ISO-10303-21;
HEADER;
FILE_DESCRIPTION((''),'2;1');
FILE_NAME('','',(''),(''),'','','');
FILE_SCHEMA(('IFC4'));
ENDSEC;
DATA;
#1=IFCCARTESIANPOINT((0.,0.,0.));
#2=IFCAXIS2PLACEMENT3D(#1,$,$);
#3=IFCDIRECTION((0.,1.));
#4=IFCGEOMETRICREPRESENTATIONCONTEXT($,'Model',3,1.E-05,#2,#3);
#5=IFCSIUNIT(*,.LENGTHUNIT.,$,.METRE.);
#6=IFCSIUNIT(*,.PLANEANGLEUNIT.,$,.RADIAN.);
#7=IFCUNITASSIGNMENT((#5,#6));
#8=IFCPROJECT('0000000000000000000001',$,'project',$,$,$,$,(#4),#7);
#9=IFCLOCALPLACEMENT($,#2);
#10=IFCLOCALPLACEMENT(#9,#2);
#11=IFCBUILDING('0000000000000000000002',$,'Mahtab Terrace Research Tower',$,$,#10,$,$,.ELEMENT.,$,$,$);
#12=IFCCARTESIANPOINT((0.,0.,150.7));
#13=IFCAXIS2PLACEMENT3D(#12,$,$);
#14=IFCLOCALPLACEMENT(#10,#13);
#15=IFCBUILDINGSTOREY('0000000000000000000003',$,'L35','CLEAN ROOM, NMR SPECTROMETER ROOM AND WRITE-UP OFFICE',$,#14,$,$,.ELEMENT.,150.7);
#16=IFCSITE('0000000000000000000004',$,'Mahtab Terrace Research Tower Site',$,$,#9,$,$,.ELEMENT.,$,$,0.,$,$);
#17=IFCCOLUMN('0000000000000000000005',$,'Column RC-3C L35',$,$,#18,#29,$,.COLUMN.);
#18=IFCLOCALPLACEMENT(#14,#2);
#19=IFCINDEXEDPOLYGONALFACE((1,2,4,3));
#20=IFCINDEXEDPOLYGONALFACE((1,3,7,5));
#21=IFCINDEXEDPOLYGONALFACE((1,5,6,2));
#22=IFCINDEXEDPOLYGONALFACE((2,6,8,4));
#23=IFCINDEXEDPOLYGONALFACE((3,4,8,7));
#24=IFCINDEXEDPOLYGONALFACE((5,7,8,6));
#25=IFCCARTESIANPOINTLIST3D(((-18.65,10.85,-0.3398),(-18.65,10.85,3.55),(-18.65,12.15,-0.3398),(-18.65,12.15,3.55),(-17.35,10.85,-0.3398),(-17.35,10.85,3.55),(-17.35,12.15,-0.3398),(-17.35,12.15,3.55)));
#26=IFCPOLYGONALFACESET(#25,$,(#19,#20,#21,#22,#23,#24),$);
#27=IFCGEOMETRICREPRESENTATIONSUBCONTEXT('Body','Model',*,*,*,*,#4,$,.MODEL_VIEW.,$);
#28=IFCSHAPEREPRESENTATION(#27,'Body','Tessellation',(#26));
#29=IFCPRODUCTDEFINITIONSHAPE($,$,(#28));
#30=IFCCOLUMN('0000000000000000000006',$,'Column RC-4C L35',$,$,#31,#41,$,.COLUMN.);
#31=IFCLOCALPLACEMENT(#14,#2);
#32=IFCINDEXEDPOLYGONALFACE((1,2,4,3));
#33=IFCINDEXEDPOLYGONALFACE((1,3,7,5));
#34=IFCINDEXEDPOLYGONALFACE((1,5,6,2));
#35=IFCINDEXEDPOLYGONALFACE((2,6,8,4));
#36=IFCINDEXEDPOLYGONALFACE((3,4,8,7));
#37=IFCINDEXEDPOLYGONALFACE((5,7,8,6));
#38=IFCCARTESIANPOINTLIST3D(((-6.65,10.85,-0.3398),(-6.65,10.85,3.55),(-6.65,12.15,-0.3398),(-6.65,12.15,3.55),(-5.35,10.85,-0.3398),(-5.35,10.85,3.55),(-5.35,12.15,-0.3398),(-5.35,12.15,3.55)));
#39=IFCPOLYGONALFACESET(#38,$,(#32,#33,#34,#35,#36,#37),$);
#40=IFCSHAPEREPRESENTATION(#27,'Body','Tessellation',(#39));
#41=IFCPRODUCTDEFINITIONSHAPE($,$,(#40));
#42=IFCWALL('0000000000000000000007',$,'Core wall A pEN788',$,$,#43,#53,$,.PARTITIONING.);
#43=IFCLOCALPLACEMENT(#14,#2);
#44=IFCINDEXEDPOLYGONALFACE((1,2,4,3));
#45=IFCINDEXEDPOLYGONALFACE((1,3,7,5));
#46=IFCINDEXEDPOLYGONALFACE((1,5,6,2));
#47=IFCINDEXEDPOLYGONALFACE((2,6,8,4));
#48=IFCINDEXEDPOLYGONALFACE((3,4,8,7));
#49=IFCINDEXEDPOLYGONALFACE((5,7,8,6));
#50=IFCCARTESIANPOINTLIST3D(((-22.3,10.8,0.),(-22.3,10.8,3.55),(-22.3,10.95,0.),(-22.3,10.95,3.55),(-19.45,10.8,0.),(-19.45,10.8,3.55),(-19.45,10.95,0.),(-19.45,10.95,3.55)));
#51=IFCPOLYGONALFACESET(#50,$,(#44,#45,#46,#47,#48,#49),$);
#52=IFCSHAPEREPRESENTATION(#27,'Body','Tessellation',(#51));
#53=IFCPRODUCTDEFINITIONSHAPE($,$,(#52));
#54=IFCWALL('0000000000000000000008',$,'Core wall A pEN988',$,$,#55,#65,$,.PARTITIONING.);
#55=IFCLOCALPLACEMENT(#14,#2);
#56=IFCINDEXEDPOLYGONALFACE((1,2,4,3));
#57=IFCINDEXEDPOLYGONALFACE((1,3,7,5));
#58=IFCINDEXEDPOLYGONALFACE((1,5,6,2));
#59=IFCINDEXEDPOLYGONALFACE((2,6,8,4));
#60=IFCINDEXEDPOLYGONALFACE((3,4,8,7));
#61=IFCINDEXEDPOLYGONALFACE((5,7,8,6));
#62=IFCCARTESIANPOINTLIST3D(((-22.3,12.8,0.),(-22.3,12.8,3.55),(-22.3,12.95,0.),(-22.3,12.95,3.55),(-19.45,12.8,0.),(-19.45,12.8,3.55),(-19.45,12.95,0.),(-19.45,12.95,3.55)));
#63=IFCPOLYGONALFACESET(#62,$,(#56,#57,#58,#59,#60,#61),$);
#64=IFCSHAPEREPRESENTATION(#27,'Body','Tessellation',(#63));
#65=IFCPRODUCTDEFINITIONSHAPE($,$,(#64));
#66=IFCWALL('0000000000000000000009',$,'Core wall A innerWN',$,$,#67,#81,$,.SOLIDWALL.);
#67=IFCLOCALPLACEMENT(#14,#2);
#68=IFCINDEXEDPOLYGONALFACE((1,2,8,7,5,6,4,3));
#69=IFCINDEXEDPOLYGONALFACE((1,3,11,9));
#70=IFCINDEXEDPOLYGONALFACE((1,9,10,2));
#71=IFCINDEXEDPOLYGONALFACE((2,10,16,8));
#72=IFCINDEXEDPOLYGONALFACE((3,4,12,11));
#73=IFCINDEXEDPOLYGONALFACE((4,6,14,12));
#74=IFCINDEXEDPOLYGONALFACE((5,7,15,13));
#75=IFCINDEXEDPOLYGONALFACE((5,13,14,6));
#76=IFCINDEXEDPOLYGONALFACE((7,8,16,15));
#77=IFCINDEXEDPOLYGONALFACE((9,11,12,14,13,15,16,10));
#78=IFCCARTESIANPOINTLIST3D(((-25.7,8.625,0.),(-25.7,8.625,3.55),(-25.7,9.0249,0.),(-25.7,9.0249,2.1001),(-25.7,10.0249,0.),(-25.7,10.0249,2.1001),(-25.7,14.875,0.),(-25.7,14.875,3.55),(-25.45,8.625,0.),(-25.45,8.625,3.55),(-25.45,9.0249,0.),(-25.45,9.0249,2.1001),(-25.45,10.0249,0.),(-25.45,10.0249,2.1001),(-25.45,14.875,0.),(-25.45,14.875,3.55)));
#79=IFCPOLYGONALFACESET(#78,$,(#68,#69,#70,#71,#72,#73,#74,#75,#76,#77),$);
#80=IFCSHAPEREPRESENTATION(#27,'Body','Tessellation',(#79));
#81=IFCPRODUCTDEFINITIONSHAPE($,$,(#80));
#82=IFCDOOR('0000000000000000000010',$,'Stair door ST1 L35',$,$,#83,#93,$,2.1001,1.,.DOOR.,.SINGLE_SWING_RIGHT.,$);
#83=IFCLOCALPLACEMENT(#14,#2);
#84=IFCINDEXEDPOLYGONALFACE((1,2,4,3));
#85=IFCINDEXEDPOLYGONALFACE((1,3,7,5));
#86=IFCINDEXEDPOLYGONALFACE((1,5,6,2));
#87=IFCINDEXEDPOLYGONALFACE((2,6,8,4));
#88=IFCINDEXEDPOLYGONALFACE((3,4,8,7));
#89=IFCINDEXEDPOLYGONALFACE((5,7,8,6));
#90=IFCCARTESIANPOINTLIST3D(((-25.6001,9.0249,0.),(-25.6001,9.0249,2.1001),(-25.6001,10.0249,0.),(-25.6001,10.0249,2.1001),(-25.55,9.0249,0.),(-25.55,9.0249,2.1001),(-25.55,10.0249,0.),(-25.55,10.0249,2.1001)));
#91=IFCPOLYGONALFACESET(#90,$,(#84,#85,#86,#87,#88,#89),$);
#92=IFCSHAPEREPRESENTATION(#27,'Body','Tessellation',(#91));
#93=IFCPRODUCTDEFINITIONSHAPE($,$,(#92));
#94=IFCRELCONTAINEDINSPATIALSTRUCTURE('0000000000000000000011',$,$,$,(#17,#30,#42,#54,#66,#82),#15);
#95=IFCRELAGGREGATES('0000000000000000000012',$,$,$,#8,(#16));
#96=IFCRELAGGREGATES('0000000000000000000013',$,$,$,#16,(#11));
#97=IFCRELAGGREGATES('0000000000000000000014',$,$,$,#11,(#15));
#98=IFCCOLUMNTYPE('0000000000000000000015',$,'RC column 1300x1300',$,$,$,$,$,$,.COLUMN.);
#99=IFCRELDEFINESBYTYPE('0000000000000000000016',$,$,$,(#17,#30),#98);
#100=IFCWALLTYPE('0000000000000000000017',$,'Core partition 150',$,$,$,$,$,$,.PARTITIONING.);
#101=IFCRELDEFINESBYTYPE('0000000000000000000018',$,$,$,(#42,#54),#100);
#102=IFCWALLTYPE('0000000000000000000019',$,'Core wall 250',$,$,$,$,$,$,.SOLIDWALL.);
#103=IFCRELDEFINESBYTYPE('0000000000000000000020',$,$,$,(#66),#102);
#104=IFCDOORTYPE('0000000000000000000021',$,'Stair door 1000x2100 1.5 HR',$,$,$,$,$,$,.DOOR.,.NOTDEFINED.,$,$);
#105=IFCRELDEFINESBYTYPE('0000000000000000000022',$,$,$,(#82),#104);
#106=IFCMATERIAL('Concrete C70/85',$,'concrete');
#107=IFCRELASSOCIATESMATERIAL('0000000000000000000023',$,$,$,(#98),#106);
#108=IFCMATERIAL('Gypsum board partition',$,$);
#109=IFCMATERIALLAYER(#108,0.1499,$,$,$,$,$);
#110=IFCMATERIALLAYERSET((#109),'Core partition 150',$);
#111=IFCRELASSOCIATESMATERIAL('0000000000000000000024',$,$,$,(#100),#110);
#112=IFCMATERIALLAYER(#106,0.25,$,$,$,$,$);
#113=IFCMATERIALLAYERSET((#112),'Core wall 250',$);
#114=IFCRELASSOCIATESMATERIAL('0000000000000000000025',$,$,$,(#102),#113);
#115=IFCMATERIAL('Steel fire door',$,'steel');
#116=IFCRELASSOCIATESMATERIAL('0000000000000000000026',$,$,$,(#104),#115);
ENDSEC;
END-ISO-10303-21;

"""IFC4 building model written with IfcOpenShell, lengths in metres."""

from ifc_helpers import new_model, si_unit, direction, frame, frame_2d, origin, origin_2d, place, context, subcontext, project, spatial, rectangle, extrude, material, layer, layer_set, material_profile, profile_set, type_object, element, fill, save


model = new_model("IFC4")

# Units and contexts
model_context = context("Model", 3, precision=1e-05, world=origin(), true_north=direction((0.0, 1.0)))
body_context = subcontext(model_context, "Body", "Model", "MODEL_VIEW")
ifc_project = project(units=[si_unit("LENGTHUNIT", "METRE"), si_unit("PLANEANGLEUNIT", "RADIAN")], contexts=[model_context])

# Site, building, storey
site_placement = place(None, origin())
site = spatial("IfcSite", under=ifc_project, at=site_placement, Name="Mahtab Terrace Research Tower Site", CompositionType="ELEMENT", RefElevation=0.0)
building_placement = place(site_placement, origin())
building = spatial("IfcBuilding", under=site, at=building_placement, Name="Mahtab Terrace Research Tower", CompositionType="ELEMENT")
storey_placement = place(building_placement, frame((0.0, 0.0, 150.7)))
storey = spatial("IfcBuildingStorey", under=building, at=storey_placement, Name="L35", Description="CLEAN ROOM, NMR SPECTROMETER ROOM AND WRITE-UP OFFICE", CompositionType="ELEMENT", Elevation=150.7)

# Columns
ifc_material_1 = material(Name="Concrete C70/85", Category="concrete")
ifc_material_profile = material_profile(ifc_material_1, rectangle(XDim=1.3, YDim=1.3, at=origin_2d()), Name="RC column 1300x1300")
ifc_profile_set = profile_set([ifc_material_profile], Name="Concrete C70/85")
column_type = type_object("IfcColumnType", Name="RC column 1300x1300", PredefinedType="COLUMN", material=ifc_profile_set)
for number, where, z_axis, x_axis, name in (
    (1, (-18.0, 11.5, -0.3398), (0.0, 0.0, 1.0), (1.0, 0.0, 0.0), "Column RC-3C L35"),
    (2, (-6.0, 11.5, -0.3398), (0.0, 0.0, 1.0), (1.0, 0.0, 0.0), "Column RC-4C L35"),
):
    element("IfcColumn", number, at=place(storey_placement, frame(where, z_axis=z_axis, x_axis=x_axis)), inside=storey, type_object=column_type, Name=name, PredefinedType="COLUMN", context=body_context, shape_type="SweptSolid", body=[
        extrude(rectangle(XDim=1.3, YDim=1.3, at=origin_2d()), origin(), (0.0, 0.0, 1.0), 3.8899),
    ])

# Walls
ifc_material_2 = material(Name="Gypsum board partition")
ifc_layer_1 = layer(ifc_material_2, 0.1499)
ifc_layer_set_1 = layer_set([ifc_layer_1], Name="Core partition 150")
wall_type_1 = type_object("IfcWallType", Name="Core partition 150", PredefinedType="PARTITIONING", material=ifc_layer_set_1)
for number, where, z_axis, x_axis, name in (
    (3, (-22.3, 10.875, 0.0), (0.0, 0.0, 1.0), (1.0, 0.0, 0.0), "Core wall A pEN788"),
    (4, (-22.3, 12.875, 0.0), (0.0, 0.0, 1.0), (1.0, 0.0, 0.0), "Core wall A pEN988"),
):
    element("IfcWall", number, at=place(storey_placement, frame(where, z_axis=z_axis, x_axis=x_axis)), inside=storey, type_object=wall_type_1, Name=name, PredefinedType="PARTITIONING", context=body_context, shape_type="SweptSolid", body=[
        extrude(rectangle(XDim=2.8501, YDim=0.1499, at=frame_2d((1.425, 0.0))), origin(), (0.0, 0.0, 1.0), 3.55),
    ])

# Wall, opening, door
ifc_layer_2 = layer(ifc_material_1, 0.25)
ifc_layer_set_2 = layer_set([ifc_layer_2], Name="Core wall 250")
wall_type_2 = type_object("IfcWallType", Name="Core wall 250", PredefinedType="SOLIDWALL", material=ifc_layer_set_2)
wall_1_placement = place(storey_placement, frame((-25.575, 14.875, 0.0), z_axis=(0.0, 0.0, 1.0), x_axis=(0.0, -1.0, 0.0)))
wall_1 = element("IfcWall", 5, at=wall_1_placement, inside=storey, type_object=wall_type_2, Name="Core wall A innerWN", PredefinedType="SOLIDWALL", context=body_context, shape_type="SweptSolid", body=[
    extrude(rectangle(XDim=6.25, YDim=0.25, at=frame_2d((3.125, 0.0))), origin(), (0.0, 0.0, 1.0), 3.55),
])
opening_1_placement = place(wall_1_placement, frame((4.8501, 0.0, 0.0)))
opening_1 = element("IfcOpeningElement", 6, at=opening_1_placement, cuts=wall_1, PredefinedType="OPENING", context=body_context, shape_type="SweptSolid", body=[
    extrude(rectangle(XDim=1.0, YDim=2.1001, at=frame_2d((0.5, 1.05))), frame((0.0, 0.135, 0.0), z_axis=(0.0, -1.0, 0.0), x_axis=(1.0, 0.0, 0.0)), (0.0, 0.0, 1.0), 0.27),
])
ifc_material_3 = material(Name="Steel fire door", Category="steel")
door_type_1 = type_object("IfcDoorType", Name="Stair door 1000x2100 1.5 HR", OperationType="NOTDEFINED", PredefinedType="DOOR", material=ifc_material_3)
door_1_placement = place(opening_1_placement, origin())
door_1 = element("IfcDoor", 7, at=door_1_placement, inside=storey, type_object=door_type_1, Name="Stair door ST1 L35", OperationType="SINGLE_SWING_RIGHT", OverallHeight=2.1001, OverallWidth=1.0, PredefinedType="DOOR", context=body_context, shape_type="SweptSolid", body=[
    extrude(rectangle(XDim=1.0, YDim=2.1001, at=frame_2d((0.5, 1.05))), frame((0.0, 0.0249, 0.0), z_axis=(0.0, -1.0, 0.0), x_axis=(1.0, 0.0, 0.0)), (0.0, 0.0, 1.0), 0.05),
])
fill(opening_1, door_1)

save(model, "model.ifc")
